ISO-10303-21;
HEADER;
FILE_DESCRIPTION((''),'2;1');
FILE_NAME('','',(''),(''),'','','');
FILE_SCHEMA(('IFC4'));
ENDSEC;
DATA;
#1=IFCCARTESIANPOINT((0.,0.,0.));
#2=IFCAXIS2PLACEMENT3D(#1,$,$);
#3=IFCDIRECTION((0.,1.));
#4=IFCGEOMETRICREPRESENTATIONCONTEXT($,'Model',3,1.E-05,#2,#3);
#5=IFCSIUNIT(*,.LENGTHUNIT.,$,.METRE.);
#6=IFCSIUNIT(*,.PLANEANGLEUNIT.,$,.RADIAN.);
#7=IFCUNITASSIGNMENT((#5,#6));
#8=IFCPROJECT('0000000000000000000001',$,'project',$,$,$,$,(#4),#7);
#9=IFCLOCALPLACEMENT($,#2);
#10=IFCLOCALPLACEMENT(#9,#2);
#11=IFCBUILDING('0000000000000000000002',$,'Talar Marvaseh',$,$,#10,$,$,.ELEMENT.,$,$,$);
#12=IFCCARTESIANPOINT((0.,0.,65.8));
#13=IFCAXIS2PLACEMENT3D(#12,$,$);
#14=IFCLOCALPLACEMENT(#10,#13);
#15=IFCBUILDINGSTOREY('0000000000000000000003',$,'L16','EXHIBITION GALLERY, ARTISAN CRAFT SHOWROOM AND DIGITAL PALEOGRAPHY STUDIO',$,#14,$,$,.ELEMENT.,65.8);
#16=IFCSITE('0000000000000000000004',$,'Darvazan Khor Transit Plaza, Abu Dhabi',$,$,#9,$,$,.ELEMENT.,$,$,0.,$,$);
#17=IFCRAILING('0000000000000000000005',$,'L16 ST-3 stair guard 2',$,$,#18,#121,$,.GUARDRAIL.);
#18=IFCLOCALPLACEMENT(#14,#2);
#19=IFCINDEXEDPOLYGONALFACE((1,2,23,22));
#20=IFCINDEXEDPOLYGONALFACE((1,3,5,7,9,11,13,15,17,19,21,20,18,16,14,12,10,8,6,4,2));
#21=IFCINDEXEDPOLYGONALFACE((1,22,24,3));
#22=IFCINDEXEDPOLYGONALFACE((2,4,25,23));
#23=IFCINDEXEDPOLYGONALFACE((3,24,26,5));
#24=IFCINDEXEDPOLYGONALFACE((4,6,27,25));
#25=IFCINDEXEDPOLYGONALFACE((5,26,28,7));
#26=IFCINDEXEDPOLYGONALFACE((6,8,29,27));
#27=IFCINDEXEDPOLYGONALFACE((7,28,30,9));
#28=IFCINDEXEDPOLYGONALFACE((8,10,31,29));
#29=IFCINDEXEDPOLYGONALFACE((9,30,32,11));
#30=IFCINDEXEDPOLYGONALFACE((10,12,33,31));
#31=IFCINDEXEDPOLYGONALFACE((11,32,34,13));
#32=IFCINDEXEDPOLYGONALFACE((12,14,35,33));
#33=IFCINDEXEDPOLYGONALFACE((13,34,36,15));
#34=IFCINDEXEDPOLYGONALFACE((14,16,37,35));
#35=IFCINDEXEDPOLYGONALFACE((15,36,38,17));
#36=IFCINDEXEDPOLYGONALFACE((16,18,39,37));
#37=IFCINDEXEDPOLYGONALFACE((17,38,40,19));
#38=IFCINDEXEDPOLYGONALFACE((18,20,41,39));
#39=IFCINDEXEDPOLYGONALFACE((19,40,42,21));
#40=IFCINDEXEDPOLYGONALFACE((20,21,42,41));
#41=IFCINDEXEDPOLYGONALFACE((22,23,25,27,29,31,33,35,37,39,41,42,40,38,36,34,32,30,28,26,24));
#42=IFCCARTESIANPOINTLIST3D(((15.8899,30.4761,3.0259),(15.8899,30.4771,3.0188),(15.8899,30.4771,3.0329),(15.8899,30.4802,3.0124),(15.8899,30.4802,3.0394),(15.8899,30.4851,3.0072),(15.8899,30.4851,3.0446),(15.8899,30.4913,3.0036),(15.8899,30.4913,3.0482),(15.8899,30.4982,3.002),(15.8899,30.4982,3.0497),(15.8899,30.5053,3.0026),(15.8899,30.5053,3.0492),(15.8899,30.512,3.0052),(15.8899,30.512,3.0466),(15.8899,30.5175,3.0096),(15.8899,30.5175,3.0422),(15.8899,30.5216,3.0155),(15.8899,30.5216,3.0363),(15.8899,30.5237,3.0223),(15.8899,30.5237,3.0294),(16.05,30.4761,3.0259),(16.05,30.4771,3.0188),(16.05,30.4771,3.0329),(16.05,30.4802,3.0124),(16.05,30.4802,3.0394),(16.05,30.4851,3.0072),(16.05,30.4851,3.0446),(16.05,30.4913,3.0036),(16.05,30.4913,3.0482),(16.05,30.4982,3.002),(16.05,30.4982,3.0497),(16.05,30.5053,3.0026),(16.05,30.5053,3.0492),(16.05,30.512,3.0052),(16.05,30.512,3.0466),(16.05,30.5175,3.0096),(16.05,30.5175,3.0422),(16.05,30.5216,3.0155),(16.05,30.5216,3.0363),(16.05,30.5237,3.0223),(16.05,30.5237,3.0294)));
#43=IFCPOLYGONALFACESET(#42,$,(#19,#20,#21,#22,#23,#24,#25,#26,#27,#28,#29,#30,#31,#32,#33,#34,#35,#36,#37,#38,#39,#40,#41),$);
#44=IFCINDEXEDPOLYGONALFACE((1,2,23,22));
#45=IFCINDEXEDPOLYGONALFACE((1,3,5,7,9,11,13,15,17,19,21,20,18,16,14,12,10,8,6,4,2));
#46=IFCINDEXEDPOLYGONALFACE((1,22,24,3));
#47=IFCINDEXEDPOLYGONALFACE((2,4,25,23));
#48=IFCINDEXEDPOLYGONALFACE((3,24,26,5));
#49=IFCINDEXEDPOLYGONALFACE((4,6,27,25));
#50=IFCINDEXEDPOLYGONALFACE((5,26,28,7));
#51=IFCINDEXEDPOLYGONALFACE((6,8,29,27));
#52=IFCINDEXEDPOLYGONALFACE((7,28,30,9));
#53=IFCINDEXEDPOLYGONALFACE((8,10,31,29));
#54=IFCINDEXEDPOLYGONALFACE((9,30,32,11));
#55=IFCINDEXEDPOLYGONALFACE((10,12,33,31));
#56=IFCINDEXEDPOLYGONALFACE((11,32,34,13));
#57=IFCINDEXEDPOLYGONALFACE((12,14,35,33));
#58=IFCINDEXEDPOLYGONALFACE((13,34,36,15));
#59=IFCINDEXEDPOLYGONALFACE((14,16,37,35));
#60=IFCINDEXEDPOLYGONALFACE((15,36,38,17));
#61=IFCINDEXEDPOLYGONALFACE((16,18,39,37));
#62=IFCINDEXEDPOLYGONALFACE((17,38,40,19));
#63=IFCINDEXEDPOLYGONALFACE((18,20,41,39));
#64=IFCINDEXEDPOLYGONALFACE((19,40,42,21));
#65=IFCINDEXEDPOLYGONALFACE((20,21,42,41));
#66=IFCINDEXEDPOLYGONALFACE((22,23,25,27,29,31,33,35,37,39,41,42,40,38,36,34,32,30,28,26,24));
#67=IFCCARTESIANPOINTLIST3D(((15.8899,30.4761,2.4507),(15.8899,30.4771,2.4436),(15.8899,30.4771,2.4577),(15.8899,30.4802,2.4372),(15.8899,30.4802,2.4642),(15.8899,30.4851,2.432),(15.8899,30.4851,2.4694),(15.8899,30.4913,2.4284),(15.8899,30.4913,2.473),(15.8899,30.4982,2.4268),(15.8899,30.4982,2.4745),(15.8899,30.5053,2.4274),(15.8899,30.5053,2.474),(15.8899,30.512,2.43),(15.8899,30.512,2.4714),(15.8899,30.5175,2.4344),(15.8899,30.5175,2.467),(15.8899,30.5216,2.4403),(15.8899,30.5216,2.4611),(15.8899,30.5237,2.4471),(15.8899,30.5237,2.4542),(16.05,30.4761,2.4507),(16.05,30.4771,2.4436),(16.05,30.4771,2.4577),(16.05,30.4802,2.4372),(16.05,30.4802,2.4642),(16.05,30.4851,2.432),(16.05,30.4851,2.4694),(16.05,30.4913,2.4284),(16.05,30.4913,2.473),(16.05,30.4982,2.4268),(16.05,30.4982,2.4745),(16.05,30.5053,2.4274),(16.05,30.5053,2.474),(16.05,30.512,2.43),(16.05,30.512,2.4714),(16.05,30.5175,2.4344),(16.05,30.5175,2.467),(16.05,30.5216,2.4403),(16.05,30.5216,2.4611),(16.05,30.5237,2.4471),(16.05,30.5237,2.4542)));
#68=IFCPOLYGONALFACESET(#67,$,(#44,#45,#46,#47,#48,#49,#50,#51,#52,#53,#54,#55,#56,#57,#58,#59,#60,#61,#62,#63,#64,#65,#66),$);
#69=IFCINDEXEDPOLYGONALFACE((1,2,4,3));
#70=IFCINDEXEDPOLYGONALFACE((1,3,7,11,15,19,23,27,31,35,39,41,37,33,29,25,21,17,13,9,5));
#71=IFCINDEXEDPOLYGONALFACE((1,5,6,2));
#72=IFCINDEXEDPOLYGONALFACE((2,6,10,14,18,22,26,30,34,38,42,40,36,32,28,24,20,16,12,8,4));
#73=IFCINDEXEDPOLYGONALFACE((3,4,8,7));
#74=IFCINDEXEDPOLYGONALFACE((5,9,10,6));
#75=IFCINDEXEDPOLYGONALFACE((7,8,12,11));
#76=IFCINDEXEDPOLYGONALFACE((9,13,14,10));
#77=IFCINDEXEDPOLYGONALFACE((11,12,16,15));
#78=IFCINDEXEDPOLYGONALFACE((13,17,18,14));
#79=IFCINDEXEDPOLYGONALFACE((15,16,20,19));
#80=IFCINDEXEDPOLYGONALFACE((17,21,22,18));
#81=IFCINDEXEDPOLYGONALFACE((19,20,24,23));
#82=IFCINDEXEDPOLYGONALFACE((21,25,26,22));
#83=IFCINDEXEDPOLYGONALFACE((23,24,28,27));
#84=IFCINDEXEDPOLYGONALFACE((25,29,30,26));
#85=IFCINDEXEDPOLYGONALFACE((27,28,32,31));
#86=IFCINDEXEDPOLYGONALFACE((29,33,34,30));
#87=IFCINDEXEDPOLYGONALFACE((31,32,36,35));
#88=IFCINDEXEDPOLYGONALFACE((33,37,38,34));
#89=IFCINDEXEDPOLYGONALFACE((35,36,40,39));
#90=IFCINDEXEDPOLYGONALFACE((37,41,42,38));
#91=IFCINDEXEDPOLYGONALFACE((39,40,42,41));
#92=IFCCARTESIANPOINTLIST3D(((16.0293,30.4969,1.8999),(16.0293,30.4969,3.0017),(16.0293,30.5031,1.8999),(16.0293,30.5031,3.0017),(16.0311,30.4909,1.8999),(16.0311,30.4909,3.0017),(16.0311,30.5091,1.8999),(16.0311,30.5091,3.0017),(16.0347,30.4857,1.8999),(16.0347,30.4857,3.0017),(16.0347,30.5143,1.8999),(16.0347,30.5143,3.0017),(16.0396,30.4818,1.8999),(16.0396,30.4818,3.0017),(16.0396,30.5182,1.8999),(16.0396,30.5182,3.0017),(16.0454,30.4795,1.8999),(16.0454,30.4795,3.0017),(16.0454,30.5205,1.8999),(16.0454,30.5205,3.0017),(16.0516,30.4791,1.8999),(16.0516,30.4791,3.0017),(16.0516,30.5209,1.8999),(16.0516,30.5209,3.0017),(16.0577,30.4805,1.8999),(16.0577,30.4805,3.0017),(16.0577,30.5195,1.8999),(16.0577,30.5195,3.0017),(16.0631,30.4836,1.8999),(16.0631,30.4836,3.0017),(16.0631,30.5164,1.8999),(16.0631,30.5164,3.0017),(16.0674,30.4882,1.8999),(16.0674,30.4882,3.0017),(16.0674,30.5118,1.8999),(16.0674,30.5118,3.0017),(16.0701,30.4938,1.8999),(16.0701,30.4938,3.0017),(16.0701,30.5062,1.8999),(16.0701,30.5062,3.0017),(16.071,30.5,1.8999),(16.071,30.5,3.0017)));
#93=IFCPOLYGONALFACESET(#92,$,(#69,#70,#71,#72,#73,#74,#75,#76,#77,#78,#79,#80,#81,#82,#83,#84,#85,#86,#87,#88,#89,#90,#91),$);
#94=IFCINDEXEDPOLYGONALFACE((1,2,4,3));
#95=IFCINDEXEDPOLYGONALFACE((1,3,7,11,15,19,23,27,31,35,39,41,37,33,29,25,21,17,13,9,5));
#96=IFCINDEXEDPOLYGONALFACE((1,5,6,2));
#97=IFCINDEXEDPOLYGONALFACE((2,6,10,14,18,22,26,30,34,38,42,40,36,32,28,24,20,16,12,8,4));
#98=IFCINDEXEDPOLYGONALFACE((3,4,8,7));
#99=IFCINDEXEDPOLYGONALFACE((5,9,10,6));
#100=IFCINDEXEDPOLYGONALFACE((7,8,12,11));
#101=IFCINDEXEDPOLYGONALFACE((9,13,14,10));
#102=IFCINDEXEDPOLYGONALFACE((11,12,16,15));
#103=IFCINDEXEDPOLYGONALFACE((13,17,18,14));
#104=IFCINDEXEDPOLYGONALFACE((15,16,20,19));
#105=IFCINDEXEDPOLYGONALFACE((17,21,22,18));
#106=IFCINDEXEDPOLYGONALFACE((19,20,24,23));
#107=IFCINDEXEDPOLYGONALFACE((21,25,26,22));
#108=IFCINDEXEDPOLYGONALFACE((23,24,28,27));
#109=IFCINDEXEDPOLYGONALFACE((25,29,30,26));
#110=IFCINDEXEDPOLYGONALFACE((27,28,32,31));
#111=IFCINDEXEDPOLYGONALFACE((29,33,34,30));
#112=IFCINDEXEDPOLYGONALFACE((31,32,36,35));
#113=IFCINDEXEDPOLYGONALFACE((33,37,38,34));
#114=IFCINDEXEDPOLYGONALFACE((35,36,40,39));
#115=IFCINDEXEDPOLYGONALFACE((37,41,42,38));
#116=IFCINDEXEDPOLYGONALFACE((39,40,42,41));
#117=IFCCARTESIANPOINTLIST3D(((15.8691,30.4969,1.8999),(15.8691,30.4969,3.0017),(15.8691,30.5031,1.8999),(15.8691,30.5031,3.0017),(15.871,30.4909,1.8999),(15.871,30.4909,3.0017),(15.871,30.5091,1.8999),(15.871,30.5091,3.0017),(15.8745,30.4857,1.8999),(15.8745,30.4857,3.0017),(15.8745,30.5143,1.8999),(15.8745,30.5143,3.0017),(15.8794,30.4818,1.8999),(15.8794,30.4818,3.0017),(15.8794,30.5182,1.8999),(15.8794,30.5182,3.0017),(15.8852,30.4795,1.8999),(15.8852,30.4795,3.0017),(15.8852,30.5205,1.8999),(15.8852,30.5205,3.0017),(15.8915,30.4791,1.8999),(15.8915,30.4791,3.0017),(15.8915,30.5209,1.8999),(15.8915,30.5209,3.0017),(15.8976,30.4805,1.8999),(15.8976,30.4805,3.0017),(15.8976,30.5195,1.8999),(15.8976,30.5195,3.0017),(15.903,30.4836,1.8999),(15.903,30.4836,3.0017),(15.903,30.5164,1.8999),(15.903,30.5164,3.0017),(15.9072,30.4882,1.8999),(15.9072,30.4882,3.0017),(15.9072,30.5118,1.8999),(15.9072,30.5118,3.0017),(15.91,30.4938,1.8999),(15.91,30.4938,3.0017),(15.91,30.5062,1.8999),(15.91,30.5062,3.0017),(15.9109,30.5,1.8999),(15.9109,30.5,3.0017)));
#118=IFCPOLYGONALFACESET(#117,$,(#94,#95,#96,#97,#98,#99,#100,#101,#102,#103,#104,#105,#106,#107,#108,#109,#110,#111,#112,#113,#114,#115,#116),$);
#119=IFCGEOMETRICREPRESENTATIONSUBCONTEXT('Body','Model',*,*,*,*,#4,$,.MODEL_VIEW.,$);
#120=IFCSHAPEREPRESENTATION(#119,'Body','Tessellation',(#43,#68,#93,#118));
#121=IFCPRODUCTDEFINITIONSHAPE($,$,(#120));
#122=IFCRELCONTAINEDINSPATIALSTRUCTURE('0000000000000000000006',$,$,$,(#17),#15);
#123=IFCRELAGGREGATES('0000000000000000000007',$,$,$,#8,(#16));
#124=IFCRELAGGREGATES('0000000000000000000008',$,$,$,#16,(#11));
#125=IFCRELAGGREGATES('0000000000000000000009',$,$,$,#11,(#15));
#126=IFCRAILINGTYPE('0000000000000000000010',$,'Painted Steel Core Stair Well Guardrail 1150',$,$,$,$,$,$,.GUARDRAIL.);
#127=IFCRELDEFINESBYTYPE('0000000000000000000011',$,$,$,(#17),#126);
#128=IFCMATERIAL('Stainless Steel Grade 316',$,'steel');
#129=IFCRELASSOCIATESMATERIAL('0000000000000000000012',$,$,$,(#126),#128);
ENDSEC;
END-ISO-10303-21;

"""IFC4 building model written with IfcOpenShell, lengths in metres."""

from ifc_helpers import new_model, si_unit, direction, frame, origin, origin_2d, place, context, subcontext, project, spatial, circle, extrude, material, type_object, element, save


model = new_model("IFC4")

# Units and contexts
model_context = context("Model", 3, precision=1e-05, world=origin(), true_north=direction((0.0, 1.0)))
body_context = subcontext(model_context, "Body", "Model", "MODEL_VIEW")
ifc_project = project(units=[si_unit("LENGTHUNIT", "METRE"), si_unit("PLANEANGLEUNIT", "RADIAN")], contexts=[model_context])

# Site, building, storey
site_placement = place(None, origin())
site = spatial("IfcSite", under=ifc_project, at=site_placement, Name="Darvazan Khor Transit Plaza, Abu Dhabi", CompositionType="ELEMENT", RefElevation=0.0)
building_placement = place(site_placement, origin())
building = spatial("IfcBuilding", under=site, at=building_placement, Name="Talar Marvaseh", CompositionType="ELEMENT")
storey_placement = place(building_placement, frame((0.0, 0.0, 65.8)))
storey = spatial("IfcBuildingStorey", under=building, at=storey_placement, Name="L16", Description="EXHIBITION GALLERY, ARTISAN CRAFT SHOWROOM AND DIGITAL PALEOGRAPHY STUDIO", CompositionType="ELEMENT", Elevation=65.8)

# Railing
ifc_material_1 = material(Name="Stainless Steel Grade 316", Category="steel")
railing_type_1 = type_object("IfcRailingType", Name="Painted Steel Core Stair Well Guardrail 1150", PredefinedType="GUARDRAIL", material=ifc_material_1)
railing_1_placement = place(storey_placement, frame((16.05, 30.5, 1.8999)))
element("IfcRailing", 1, at=railing_1_placement, inside=storey, type_object=railing_type_1, Name="L16 ST-3 stair guard 2", PredefinedType="GUARDRAIL", context=body_context, shape_type="SweptSolid", body=[
    extrude(circle(Radius=0.0239, at=origin_2d()), frame((0.0, 0.0, 1.126), z_axis=(-1.0, 0.0, 0.0), x_axis=(0.0, -1.0, 0.0)), (0.0, 0.0, 1.0), 0.1602),
    extrude(circle(Radius=0.0239, at=origin_2d()), frame((0.0, 0.0, 0.5508), z_axis=(-1.0, 0.0, 0.0), x_axis=(0.0, -1.0, 0.0)), (0.0, 0.0, 1.0), 0.1602),
    extrude(circle(Radius=0.021, at=origin_2d()), origin(), (0.0, 0.0, 1.0), 1.1018),
    extrude(circle(Radius=0.021, at=origin_2d()), frame((-0.1602, 0.0, 0.0)), (0.0, 0.0, 1.0), 1.1018),
])

save(model, "model.ifc")
